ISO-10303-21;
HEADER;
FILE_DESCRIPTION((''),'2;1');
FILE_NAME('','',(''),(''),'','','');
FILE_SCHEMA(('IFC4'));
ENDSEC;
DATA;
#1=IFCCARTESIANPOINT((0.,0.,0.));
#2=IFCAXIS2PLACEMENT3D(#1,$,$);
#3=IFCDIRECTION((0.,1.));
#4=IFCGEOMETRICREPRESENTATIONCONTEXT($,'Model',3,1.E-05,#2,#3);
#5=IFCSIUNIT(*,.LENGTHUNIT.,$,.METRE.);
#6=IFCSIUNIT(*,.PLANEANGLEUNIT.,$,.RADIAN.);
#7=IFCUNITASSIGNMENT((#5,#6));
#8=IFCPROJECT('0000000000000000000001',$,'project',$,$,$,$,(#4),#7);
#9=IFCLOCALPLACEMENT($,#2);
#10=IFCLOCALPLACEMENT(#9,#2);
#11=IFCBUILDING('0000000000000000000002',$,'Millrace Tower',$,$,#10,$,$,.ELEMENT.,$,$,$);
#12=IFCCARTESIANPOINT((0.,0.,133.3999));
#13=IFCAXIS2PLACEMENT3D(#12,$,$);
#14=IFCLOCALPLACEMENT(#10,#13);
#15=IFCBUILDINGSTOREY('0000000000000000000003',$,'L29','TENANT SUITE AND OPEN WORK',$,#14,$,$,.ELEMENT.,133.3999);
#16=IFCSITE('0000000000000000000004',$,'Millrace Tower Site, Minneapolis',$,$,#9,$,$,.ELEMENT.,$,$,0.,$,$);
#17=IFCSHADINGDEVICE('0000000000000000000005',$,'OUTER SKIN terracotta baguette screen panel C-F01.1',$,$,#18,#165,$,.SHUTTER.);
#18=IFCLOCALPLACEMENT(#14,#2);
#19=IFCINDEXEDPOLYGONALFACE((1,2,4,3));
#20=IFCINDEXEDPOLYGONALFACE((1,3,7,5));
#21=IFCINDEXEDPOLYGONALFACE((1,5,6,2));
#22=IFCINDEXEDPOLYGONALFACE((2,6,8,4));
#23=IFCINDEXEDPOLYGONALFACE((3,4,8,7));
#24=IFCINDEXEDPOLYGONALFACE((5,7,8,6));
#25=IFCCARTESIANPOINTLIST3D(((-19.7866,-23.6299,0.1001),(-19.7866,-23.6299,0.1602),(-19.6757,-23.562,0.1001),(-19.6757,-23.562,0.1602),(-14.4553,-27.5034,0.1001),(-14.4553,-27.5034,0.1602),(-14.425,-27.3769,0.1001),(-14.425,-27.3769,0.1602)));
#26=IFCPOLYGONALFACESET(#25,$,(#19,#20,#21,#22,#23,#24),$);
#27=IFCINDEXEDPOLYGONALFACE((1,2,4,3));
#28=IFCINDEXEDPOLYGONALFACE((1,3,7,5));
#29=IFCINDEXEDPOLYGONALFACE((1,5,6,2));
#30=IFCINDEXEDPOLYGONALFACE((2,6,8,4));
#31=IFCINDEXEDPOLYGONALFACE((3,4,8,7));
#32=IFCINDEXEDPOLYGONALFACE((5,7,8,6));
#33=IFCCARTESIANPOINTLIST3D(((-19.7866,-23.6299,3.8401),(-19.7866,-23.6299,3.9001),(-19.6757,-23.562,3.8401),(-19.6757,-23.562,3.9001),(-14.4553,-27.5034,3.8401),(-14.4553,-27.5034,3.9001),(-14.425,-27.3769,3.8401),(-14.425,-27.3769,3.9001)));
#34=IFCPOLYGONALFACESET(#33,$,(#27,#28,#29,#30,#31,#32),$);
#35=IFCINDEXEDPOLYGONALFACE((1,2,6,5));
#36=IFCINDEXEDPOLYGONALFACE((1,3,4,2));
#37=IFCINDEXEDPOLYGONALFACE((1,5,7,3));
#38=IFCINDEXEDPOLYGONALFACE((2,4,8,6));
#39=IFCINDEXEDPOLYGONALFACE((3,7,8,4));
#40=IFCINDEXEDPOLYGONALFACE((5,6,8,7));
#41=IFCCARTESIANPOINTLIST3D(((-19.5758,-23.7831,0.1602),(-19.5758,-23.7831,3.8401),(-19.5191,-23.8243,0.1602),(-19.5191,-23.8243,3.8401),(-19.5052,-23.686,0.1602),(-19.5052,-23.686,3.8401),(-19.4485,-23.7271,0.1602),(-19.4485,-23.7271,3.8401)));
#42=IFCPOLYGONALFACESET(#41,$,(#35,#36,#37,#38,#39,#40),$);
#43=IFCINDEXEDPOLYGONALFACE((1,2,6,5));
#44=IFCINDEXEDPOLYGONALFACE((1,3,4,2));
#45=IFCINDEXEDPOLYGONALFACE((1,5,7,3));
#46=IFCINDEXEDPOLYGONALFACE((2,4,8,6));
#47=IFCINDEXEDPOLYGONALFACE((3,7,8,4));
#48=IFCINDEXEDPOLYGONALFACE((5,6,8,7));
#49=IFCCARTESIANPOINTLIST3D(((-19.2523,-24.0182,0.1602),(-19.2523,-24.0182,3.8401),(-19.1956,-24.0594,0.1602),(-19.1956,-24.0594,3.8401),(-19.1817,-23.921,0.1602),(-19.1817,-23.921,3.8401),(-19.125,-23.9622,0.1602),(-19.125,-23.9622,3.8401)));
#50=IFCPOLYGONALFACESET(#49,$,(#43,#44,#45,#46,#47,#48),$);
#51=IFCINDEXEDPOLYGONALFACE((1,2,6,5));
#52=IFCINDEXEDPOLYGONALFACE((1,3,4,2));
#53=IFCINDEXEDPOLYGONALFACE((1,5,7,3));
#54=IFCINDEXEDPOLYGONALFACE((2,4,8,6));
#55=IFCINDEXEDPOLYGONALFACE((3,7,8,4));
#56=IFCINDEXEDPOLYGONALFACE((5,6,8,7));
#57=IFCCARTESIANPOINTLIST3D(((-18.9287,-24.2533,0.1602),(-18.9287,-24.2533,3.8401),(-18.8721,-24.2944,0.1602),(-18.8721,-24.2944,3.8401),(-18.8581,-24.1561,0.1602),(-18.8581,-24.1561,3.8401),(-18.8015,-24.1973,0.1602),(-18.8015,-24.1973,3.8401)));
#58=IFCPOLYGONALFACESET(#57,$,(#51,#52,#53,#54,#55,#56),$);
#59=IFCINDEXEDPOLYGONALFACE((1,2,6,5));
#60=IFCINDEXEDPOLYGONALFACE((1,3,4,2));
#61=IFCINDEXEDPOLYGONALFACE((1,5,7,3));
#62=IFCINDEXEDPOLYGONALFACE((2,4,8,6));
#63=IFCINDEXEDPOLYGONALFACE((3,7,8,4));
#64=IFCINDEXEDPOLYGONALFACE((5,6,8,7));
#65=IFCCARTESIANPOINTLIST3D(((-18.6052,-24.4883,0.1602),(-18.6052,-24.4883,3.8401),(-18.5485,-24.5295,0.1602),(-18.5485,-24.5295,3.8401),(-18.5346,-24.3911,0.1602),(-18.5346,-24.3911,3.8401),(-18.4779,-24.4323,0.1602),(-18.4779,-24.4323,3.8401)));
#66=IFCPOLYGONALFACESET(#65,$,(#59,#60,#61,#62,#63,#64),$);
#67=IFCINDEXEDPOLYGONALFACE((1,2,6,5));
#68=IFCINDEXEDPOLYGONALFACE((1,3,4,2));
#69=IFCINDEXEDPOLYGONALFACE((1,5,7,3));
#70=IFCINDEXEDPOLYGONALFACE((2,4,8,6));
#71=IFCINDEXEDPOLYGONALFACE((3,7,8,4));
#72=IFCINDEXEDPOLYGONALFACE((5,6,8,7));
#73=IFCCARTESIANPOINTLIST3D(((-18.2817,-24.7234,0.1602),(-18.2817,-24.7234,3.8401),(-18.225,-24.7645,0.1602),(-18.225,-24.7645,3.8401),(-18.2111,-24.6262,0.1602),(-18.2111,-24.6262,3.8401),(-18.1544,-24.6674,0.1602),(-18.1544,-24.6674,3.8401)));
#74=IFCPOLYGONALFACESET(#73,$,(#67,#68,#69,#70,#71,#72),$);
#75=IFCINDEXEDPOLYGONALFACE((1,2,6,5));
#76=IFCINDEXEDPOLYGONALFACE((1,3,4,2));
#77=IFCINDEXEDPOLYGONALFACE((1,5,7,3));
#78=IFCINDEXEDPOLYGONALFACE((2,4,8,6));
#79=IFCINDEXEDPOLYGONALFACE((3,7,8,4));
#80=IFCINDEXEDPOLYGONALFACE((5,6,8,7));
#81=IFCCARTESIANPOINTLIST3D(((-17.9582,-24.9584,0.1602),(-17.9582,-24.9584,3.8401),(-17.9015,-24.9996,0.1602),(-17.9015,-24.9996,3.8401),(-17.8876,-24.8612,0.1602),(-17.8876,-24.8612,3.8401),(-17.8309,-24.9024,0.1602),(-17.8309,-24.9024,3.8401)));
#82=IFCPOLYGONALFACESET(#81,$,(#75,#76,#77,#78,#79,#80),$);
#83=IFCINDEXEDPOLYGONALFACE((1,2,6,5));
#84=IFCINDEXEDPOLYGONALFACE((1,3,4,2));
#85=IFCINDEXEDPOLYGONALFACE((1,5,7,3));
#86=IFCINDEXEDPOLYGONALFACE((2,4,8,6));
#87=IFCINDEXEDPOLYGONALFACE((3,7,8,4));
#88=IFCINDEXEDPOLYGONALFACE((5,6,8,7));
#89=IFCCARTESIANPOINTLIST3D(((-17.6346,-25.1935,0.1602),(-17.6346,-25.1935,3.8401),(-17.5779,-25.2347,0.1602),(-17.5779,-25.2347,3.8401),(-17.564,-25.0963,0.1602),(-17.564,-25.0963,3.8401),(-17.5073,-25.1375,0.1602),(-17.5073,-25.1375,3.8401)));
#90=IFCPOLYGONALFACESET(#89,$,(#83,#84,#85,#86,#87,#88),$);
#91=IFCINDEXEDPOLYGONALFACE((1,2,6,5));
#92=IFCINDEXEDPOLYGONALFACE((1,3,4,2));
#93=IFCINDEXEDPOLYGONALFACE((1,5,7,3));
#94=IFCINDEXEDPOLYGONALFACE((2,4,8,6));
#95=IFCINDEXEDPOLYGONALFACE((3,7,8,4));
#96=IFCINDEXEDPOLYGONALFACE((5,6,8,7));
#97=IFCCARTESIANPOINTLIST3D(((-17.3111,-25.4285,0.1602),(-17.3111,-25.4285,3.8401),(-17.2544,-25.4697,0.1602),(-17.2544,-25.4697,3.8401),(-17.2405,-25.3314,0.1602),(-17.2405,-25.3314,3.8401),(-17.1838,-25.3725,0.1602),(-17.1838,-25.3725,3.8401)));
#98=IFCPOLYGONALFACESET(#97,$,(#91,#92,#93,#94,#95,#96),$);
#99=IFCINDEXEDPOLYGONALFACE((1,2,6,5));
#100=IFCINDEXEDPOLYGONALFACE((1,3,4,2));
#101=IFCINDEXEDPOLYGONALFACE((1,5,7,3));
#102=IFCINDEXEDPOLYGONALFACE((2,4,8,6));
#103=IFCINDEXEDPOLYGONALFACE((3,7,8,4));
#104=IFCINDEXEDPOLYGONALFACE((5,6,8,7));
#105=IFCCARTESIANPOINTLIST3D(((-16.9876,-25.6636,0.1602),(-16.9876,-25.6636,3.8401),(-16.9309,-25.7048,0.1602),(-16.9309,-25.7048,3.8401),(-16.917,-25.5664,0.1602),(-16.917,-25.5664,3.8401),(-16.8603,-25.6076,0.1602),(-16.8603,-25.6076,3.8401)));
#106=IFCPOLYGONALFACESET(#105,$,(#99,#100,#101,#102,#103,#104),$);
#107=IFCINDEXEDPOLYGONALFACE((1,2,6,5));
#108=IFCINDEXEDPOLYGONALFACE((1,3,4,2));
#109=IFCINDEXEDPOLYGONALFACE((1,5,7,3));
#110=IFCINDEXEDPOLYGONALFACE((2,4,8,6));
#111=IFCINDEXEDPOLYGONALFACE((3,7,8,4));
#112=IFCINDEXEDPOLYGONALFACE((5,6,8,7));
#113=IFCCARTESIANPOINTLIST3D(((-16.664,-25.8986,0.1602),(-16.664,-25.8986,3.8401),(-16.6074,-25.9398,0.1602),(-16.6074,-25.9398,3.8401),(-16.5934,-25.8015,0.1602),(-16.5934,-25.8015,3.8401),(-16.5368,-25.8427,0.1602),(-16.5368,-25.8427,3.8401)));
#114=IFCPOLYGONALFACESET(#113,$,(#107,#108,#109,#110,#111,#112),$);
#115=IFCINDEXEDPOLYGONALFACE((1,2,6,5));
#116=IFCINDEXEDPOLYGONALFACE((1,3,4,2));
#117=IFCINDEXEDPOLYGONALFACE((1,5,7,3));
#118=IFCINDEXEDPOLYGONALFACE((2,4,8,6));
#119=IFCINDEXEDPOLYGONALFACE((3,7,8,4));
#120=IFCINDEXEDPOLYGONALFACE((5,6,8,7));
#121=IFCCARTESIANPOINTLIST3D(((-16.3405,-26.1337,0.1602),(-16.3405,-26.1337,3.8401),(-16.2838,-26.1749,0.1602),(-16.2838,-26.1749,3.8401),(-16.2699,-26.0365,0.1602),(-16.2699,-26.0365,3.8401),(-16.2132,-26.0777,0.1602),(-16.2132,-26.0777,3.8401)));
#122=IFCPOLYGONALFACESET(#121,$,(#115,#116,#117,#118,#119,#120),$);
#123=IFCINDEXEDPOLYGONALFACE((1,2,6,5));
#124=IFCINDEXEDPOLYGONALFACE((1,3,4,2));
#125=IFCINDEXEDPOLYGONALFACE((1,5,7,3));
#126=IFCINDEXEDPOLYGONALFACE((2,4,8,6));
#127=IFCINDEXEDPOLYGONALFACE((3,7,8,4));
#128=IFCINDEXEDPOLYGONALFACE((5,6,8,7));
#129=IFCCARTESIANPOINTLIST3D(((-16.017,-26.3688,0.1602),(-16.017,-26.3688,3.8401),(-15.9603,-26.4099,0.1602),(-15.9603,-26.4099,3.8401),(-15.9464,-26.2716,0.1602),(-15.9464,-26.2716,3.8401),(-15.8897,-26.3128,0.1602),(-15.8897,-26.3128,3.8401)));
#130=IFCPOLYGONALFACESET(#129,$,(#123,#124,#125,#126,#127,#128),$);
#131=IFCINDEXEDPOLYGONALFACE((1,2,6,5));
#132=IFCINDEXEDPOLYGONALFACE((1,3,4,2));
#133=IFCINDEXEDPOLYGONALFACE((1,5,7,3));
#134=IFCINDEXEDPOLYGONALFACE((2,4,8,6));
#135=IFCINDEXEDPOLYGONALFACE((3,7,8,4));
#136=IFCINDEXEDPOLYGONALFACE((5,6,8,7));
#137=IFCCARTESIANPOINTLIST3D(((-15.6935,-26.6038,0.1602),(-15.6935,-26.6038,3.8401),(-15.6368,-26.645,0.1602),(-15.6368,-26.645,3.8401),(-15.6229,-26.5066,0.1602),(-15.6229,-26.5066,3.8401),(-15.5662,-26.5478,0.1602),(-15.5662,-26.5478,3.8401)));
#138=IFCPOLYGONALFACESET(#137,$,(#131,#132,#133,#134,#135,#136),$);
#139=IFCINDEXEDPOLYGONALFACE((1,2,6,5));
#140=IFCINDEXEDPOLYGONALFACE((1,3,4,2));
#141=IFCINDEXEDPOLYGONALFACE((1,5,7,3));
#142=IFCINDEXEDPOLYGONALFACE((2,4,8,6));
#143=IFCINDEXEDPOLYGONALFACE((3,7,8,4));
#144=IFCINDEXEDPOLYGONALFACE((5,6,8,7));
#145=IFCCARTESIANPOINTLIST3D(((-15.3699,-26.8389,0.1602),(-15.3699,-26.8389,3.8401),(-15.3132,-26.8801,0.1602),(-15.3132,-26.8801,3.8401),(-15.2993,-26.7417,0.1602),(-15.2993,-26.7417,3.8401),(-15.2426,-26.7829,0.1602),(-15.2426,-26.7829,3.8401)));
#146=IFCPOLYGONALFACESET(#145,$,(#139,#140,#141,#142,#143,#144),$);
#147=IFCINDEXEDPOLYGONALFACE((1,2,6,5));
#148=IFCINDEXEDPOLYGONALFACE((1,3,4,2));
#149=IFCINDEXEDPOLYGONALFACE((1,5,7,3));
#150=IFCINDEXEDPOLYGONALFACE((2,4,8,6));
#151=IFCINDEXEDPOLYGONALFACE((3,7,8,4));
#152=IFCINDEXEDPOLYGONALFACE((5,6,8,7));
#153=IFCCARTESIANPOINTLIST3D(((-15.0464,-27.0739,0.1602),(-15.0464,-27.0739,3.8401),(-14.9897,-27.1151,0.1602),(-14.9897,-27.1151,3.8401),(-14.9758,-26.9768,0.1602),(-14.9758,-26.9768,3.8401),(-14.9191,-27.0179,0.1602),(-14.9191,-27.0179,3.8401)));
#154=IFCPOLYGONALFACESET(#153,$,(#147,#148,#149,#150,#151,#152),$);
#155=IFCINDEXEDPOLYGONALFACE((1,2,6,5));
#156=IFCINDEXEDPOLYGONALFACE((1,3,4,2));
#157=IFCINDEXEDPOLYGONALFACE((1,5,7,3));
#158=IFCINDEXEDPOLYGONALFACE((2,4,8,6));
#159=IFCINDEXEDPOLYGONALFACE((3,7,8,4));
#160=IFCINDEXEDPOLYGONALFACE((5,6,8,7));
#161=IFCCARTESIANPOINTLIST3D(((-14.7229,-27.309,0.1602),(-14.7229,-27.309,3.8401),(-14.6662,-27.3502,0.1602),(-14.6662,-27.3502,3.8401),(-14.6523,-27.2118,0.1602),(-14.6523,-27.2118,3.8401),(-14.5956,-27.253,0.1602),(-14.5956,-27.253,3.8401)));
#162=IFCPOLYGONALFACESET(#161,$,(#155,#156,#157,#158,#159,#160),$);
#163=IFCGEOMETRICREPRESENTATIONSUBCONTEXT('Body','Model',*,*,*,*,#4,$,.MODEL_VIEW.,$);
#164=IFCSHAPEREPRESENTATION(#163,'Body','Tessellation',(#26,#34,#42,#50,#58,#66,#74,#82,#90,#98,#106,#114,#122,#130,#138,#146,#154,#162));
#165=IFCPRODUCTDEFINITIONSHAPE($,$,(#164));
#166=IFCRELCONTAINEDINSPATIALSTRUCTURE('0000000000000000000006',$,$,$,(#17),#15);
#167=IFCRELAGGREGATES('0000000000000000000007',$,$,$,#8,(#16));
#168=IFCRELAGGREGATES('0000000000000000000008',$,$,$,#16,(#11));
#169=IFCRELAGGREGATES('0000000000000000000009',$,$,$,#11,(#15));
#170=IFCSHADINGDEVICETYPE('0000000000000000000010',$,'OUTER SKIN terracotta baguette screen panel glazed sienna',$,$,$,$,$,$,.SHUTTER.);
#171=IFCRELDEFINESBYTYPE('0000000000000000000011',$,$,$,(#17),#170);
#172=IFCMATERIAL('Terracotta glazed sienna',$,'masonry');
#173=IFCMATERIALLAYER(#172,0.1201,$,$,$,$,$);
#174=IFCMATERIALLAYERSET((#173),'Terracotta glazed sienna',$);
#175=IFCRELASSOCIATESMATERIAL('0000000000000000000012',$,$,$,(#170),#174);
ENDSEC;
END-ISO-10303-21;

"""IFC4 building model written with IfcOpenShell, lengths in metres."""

from ifc_helpers import new_model, entity, si_unit, direction, frame, frame_2d, origin, place, context, subcontext, project, spatial, rectangle, extrude, source, transform, mapped, material, layer, layer_set, type_object, element, save


model = new_model("IFC4")

# Units and contexts
model_context = context("Model", 3, precision=1e-05, world=origin(), true_north=direction((0.0, 1.0)))
body_context = subcontext(model_context, "Body", "Model", "MODEL_VIEW")
ifc_project = project(units=[si_unit("LENGTHUNIT", "METRE"), si_unit("PLANEANGLEUNIT", "RADIAN")], contexts=[model_context])

# Site, building, storey
site_placement = place(None, origin())
site = spatial("IfcSite", under=ifc_project, at=site_placement, Name="Millrace Tower Site, Minneapolis", CompositionType="ELEMENT", RefElevation=0.0)
building_placement = place(site_placement, origin())
building = spatial("IfcBuilding", under=site, at=building_placement, Name="Millrace Tower", CompositionType="ELEMENT")
storey_placement = place(building_placement, frame((0.0, 0.0, 133.3999)))
storey = spatial("IfcBuildingStorey", under=building, at=storey_placement, Name="L29", Description="TENANT SUITE AND OPEN WORK", CompositionType="ELEMENT", Elevation=133.3999)

# Shading device
ifc_material_1 = material(Name="Terracotta glazed sienna", Category="masonry")
ifc_layer_1 = layer(ifc_material_1, 0.1201)
ifc_layer_set_1 = layer_set([ifc_layer_1], Name="Terracotta glazed sienna")
shading_device_type = type_object("IfcShadingDeviceType", Name="OUTER SKIN terracotta baguette screen panel glazed sienna", PredefinedType="SHUTTER", material=ifc_layer_set_1)
cartesian_point_1 = entity("IfcCartesianPoint", [-3.2451, 0.0601])
shared_polyline_1 = entity("IfcPolyline", [cartesian_point_1, entity("IfcCartesianPoint", [3.2451, 0.0601]), entity("IfcCartesianPoint", [3.2949, -0.0601]), entity("IfcCartesianPoint", [-3.2949, -0.0601]), cartesian_point_1])
shared_shape_1 = source(origin(), body_context, "Body", "SweptSolid", [
    entity("IfcExtrudedAreaSolid", entity("IfcArbitraryClosedProfileDef", "AREA", None, shared_polyline_1), entity("IfcAxis2Placement3D", entity("IfcCartesianPoint", [0.0, 0.0, 0.0])), entity("IfcDirection", [0.0, 0.0, 1.0]), 0.0601),
    entity("IfcExtrudedAreaSolid", entity("IfcArbitraryClosedProfileDef", "AREA", None, shared_polyline_1), entity("IfcAxis2Placement3D", entity("IfcCartesianPoint", [0.0, 0.0, 3.74])), entity("IfcDirection", [0.0, 0.0, 1.0]), 0.0601),
    extrude(rectangle(XDim=0.0701, YDim=0.1201, at=frame_2d((-2.9993, 0.0))), frame((0.0, 0.0, 0.0601)), (0.0, 0.0, 1.0), 3.6799),
    extrude(rectangle(XDim=0.0701, YDim=0.1201, at=frame_2d((-2.5994, 0.0))), frame((0.0, 0.0, 0.0601)), (0.0, 0.0, 1.0), 3.6799),
    extrude(rectangle(XDim=0.0701, YDim=0.1201, at=frame_2d((-2.1995, 0.0))), frame((0.0, 0.0, 0.0601)), (0.0, 0.0, 1.0), 3.6799),
    extrude(rectangle(XDim=0.0701, YDim=0.1201, at=frame_2d((-1.7996, 0.0))), frame((0.0, 0.0, 0.0601)), (0.0, 0.0, 1.0), 3.6799),
    extrude(rectangle(XDim=0.0701, YDim=0.1201, at=frame_2d((-1.3997, 0.0))), frame((0.0, 0.0, 0.0601)), (0.0, 0.0, 1.0), 3.6799),
    extrude(rectangle(XDim=0.0701, YDim=0.1201, at=frame_2d((-0.9998, 0.0))), frame((0.0, 0.0, 0.0601)), (0.0, 0.0, 1.0), 3.6799),
    extrude(rectangle(XDim=0.0701, YDim=0.1201, at=frame_2d((-0.5999, 0.0))), frame((0.0, 0.0, 0.0601)), (0.0, 0.0, 1.0), 3.6799),
    extrude(rectangle(XDim=0.0701, YDim=0.1201, at=frame_2d((-0.2, 0.0))), frame((0.0, 0.0, 0.0601)), (0.0, 0.0, 1.0), 3.6799),
    extrude(rectangle(XDim=0.0701, YDim=0.1201, at=frame_2d((0.2, 0.0))), frame((0.0, 0.0, 0.0601)), (0.0, 0.0, 1.0), 3.6799),
    extrude(rectangle(XDim=0.0701, YDim=0.1201, at=frame_2d((0.5999, 0.0))), frame((0.0, 0.0, 0.0601)), (0.0, 0.0, 1.0), 3.6799),
    extrude(rectangle(XDim=0.0701, YDim=0.1201, at=frame_2d((0.9998, 0.0))), frame((0.0, 0.0, 0.0601)), (0.0, 0.0, 1.0), 3.6799),
    extrude(rectangle(XDim=0.0701, YDim=0.1201, at=frame_2d((1.3997, 0.0))), frame((0.0, 0.0, 0.0601)), (0.0, 0.0, 1.0), 3.6799),
    extrude(rectangle(XDim=0.0701, YDim=0.1201, at=frame_2d((1.7996, 0.0))), frame((0.0, 0.0, 0.0601)), (0.0, 0.0, 1.0), 3.6799),
    extrude(rectangle(XDim=0.0701, YDim=0.1201, at=frame_2d((2.1995, 0.0))), frame((0.0, 0.0, 0.0601)), (0.0, 0.0, 1.0), 3.6799),
    extrude(rectangle(XDim=0.0701, YDim=0.1201, at=frame_2d((2.5994, 0.0))), frame((0.0, 0.0, 0.0601)), (0.0, 0.0, 1.0), 3.6799),
    extrude(rectangle(XDim=0.0701, YDim=0.1201, at=frame_2d((2.9993, 0.0))), frame((0.0, 0.0, 0.0601)), (0.0, 0.0, 1.0), 3.6799),
])
shading_device_1_placement = place(storey_placement, frame((-17.0857, -25.5181, 0.1001), z_axis=(0.0, 0.0, 1.0), x_axis=(0.809017, -0.587785, 0.0)))
element("IfcShadingDevice", 1, at=shading_device_1_placement, inside=storey, type_object=shading_device_type, Name="OUTER SKIN terracotta baguette screen panel C-F01.1", PredefinedType="SHUTTER", context=body_context, shape_type="MappedRepresentation", body=[
    mapped(shared_shape_1, transform((0.0, 0.0, 0.0), scale=1.0)),
])

save(model, "model.ifc")
